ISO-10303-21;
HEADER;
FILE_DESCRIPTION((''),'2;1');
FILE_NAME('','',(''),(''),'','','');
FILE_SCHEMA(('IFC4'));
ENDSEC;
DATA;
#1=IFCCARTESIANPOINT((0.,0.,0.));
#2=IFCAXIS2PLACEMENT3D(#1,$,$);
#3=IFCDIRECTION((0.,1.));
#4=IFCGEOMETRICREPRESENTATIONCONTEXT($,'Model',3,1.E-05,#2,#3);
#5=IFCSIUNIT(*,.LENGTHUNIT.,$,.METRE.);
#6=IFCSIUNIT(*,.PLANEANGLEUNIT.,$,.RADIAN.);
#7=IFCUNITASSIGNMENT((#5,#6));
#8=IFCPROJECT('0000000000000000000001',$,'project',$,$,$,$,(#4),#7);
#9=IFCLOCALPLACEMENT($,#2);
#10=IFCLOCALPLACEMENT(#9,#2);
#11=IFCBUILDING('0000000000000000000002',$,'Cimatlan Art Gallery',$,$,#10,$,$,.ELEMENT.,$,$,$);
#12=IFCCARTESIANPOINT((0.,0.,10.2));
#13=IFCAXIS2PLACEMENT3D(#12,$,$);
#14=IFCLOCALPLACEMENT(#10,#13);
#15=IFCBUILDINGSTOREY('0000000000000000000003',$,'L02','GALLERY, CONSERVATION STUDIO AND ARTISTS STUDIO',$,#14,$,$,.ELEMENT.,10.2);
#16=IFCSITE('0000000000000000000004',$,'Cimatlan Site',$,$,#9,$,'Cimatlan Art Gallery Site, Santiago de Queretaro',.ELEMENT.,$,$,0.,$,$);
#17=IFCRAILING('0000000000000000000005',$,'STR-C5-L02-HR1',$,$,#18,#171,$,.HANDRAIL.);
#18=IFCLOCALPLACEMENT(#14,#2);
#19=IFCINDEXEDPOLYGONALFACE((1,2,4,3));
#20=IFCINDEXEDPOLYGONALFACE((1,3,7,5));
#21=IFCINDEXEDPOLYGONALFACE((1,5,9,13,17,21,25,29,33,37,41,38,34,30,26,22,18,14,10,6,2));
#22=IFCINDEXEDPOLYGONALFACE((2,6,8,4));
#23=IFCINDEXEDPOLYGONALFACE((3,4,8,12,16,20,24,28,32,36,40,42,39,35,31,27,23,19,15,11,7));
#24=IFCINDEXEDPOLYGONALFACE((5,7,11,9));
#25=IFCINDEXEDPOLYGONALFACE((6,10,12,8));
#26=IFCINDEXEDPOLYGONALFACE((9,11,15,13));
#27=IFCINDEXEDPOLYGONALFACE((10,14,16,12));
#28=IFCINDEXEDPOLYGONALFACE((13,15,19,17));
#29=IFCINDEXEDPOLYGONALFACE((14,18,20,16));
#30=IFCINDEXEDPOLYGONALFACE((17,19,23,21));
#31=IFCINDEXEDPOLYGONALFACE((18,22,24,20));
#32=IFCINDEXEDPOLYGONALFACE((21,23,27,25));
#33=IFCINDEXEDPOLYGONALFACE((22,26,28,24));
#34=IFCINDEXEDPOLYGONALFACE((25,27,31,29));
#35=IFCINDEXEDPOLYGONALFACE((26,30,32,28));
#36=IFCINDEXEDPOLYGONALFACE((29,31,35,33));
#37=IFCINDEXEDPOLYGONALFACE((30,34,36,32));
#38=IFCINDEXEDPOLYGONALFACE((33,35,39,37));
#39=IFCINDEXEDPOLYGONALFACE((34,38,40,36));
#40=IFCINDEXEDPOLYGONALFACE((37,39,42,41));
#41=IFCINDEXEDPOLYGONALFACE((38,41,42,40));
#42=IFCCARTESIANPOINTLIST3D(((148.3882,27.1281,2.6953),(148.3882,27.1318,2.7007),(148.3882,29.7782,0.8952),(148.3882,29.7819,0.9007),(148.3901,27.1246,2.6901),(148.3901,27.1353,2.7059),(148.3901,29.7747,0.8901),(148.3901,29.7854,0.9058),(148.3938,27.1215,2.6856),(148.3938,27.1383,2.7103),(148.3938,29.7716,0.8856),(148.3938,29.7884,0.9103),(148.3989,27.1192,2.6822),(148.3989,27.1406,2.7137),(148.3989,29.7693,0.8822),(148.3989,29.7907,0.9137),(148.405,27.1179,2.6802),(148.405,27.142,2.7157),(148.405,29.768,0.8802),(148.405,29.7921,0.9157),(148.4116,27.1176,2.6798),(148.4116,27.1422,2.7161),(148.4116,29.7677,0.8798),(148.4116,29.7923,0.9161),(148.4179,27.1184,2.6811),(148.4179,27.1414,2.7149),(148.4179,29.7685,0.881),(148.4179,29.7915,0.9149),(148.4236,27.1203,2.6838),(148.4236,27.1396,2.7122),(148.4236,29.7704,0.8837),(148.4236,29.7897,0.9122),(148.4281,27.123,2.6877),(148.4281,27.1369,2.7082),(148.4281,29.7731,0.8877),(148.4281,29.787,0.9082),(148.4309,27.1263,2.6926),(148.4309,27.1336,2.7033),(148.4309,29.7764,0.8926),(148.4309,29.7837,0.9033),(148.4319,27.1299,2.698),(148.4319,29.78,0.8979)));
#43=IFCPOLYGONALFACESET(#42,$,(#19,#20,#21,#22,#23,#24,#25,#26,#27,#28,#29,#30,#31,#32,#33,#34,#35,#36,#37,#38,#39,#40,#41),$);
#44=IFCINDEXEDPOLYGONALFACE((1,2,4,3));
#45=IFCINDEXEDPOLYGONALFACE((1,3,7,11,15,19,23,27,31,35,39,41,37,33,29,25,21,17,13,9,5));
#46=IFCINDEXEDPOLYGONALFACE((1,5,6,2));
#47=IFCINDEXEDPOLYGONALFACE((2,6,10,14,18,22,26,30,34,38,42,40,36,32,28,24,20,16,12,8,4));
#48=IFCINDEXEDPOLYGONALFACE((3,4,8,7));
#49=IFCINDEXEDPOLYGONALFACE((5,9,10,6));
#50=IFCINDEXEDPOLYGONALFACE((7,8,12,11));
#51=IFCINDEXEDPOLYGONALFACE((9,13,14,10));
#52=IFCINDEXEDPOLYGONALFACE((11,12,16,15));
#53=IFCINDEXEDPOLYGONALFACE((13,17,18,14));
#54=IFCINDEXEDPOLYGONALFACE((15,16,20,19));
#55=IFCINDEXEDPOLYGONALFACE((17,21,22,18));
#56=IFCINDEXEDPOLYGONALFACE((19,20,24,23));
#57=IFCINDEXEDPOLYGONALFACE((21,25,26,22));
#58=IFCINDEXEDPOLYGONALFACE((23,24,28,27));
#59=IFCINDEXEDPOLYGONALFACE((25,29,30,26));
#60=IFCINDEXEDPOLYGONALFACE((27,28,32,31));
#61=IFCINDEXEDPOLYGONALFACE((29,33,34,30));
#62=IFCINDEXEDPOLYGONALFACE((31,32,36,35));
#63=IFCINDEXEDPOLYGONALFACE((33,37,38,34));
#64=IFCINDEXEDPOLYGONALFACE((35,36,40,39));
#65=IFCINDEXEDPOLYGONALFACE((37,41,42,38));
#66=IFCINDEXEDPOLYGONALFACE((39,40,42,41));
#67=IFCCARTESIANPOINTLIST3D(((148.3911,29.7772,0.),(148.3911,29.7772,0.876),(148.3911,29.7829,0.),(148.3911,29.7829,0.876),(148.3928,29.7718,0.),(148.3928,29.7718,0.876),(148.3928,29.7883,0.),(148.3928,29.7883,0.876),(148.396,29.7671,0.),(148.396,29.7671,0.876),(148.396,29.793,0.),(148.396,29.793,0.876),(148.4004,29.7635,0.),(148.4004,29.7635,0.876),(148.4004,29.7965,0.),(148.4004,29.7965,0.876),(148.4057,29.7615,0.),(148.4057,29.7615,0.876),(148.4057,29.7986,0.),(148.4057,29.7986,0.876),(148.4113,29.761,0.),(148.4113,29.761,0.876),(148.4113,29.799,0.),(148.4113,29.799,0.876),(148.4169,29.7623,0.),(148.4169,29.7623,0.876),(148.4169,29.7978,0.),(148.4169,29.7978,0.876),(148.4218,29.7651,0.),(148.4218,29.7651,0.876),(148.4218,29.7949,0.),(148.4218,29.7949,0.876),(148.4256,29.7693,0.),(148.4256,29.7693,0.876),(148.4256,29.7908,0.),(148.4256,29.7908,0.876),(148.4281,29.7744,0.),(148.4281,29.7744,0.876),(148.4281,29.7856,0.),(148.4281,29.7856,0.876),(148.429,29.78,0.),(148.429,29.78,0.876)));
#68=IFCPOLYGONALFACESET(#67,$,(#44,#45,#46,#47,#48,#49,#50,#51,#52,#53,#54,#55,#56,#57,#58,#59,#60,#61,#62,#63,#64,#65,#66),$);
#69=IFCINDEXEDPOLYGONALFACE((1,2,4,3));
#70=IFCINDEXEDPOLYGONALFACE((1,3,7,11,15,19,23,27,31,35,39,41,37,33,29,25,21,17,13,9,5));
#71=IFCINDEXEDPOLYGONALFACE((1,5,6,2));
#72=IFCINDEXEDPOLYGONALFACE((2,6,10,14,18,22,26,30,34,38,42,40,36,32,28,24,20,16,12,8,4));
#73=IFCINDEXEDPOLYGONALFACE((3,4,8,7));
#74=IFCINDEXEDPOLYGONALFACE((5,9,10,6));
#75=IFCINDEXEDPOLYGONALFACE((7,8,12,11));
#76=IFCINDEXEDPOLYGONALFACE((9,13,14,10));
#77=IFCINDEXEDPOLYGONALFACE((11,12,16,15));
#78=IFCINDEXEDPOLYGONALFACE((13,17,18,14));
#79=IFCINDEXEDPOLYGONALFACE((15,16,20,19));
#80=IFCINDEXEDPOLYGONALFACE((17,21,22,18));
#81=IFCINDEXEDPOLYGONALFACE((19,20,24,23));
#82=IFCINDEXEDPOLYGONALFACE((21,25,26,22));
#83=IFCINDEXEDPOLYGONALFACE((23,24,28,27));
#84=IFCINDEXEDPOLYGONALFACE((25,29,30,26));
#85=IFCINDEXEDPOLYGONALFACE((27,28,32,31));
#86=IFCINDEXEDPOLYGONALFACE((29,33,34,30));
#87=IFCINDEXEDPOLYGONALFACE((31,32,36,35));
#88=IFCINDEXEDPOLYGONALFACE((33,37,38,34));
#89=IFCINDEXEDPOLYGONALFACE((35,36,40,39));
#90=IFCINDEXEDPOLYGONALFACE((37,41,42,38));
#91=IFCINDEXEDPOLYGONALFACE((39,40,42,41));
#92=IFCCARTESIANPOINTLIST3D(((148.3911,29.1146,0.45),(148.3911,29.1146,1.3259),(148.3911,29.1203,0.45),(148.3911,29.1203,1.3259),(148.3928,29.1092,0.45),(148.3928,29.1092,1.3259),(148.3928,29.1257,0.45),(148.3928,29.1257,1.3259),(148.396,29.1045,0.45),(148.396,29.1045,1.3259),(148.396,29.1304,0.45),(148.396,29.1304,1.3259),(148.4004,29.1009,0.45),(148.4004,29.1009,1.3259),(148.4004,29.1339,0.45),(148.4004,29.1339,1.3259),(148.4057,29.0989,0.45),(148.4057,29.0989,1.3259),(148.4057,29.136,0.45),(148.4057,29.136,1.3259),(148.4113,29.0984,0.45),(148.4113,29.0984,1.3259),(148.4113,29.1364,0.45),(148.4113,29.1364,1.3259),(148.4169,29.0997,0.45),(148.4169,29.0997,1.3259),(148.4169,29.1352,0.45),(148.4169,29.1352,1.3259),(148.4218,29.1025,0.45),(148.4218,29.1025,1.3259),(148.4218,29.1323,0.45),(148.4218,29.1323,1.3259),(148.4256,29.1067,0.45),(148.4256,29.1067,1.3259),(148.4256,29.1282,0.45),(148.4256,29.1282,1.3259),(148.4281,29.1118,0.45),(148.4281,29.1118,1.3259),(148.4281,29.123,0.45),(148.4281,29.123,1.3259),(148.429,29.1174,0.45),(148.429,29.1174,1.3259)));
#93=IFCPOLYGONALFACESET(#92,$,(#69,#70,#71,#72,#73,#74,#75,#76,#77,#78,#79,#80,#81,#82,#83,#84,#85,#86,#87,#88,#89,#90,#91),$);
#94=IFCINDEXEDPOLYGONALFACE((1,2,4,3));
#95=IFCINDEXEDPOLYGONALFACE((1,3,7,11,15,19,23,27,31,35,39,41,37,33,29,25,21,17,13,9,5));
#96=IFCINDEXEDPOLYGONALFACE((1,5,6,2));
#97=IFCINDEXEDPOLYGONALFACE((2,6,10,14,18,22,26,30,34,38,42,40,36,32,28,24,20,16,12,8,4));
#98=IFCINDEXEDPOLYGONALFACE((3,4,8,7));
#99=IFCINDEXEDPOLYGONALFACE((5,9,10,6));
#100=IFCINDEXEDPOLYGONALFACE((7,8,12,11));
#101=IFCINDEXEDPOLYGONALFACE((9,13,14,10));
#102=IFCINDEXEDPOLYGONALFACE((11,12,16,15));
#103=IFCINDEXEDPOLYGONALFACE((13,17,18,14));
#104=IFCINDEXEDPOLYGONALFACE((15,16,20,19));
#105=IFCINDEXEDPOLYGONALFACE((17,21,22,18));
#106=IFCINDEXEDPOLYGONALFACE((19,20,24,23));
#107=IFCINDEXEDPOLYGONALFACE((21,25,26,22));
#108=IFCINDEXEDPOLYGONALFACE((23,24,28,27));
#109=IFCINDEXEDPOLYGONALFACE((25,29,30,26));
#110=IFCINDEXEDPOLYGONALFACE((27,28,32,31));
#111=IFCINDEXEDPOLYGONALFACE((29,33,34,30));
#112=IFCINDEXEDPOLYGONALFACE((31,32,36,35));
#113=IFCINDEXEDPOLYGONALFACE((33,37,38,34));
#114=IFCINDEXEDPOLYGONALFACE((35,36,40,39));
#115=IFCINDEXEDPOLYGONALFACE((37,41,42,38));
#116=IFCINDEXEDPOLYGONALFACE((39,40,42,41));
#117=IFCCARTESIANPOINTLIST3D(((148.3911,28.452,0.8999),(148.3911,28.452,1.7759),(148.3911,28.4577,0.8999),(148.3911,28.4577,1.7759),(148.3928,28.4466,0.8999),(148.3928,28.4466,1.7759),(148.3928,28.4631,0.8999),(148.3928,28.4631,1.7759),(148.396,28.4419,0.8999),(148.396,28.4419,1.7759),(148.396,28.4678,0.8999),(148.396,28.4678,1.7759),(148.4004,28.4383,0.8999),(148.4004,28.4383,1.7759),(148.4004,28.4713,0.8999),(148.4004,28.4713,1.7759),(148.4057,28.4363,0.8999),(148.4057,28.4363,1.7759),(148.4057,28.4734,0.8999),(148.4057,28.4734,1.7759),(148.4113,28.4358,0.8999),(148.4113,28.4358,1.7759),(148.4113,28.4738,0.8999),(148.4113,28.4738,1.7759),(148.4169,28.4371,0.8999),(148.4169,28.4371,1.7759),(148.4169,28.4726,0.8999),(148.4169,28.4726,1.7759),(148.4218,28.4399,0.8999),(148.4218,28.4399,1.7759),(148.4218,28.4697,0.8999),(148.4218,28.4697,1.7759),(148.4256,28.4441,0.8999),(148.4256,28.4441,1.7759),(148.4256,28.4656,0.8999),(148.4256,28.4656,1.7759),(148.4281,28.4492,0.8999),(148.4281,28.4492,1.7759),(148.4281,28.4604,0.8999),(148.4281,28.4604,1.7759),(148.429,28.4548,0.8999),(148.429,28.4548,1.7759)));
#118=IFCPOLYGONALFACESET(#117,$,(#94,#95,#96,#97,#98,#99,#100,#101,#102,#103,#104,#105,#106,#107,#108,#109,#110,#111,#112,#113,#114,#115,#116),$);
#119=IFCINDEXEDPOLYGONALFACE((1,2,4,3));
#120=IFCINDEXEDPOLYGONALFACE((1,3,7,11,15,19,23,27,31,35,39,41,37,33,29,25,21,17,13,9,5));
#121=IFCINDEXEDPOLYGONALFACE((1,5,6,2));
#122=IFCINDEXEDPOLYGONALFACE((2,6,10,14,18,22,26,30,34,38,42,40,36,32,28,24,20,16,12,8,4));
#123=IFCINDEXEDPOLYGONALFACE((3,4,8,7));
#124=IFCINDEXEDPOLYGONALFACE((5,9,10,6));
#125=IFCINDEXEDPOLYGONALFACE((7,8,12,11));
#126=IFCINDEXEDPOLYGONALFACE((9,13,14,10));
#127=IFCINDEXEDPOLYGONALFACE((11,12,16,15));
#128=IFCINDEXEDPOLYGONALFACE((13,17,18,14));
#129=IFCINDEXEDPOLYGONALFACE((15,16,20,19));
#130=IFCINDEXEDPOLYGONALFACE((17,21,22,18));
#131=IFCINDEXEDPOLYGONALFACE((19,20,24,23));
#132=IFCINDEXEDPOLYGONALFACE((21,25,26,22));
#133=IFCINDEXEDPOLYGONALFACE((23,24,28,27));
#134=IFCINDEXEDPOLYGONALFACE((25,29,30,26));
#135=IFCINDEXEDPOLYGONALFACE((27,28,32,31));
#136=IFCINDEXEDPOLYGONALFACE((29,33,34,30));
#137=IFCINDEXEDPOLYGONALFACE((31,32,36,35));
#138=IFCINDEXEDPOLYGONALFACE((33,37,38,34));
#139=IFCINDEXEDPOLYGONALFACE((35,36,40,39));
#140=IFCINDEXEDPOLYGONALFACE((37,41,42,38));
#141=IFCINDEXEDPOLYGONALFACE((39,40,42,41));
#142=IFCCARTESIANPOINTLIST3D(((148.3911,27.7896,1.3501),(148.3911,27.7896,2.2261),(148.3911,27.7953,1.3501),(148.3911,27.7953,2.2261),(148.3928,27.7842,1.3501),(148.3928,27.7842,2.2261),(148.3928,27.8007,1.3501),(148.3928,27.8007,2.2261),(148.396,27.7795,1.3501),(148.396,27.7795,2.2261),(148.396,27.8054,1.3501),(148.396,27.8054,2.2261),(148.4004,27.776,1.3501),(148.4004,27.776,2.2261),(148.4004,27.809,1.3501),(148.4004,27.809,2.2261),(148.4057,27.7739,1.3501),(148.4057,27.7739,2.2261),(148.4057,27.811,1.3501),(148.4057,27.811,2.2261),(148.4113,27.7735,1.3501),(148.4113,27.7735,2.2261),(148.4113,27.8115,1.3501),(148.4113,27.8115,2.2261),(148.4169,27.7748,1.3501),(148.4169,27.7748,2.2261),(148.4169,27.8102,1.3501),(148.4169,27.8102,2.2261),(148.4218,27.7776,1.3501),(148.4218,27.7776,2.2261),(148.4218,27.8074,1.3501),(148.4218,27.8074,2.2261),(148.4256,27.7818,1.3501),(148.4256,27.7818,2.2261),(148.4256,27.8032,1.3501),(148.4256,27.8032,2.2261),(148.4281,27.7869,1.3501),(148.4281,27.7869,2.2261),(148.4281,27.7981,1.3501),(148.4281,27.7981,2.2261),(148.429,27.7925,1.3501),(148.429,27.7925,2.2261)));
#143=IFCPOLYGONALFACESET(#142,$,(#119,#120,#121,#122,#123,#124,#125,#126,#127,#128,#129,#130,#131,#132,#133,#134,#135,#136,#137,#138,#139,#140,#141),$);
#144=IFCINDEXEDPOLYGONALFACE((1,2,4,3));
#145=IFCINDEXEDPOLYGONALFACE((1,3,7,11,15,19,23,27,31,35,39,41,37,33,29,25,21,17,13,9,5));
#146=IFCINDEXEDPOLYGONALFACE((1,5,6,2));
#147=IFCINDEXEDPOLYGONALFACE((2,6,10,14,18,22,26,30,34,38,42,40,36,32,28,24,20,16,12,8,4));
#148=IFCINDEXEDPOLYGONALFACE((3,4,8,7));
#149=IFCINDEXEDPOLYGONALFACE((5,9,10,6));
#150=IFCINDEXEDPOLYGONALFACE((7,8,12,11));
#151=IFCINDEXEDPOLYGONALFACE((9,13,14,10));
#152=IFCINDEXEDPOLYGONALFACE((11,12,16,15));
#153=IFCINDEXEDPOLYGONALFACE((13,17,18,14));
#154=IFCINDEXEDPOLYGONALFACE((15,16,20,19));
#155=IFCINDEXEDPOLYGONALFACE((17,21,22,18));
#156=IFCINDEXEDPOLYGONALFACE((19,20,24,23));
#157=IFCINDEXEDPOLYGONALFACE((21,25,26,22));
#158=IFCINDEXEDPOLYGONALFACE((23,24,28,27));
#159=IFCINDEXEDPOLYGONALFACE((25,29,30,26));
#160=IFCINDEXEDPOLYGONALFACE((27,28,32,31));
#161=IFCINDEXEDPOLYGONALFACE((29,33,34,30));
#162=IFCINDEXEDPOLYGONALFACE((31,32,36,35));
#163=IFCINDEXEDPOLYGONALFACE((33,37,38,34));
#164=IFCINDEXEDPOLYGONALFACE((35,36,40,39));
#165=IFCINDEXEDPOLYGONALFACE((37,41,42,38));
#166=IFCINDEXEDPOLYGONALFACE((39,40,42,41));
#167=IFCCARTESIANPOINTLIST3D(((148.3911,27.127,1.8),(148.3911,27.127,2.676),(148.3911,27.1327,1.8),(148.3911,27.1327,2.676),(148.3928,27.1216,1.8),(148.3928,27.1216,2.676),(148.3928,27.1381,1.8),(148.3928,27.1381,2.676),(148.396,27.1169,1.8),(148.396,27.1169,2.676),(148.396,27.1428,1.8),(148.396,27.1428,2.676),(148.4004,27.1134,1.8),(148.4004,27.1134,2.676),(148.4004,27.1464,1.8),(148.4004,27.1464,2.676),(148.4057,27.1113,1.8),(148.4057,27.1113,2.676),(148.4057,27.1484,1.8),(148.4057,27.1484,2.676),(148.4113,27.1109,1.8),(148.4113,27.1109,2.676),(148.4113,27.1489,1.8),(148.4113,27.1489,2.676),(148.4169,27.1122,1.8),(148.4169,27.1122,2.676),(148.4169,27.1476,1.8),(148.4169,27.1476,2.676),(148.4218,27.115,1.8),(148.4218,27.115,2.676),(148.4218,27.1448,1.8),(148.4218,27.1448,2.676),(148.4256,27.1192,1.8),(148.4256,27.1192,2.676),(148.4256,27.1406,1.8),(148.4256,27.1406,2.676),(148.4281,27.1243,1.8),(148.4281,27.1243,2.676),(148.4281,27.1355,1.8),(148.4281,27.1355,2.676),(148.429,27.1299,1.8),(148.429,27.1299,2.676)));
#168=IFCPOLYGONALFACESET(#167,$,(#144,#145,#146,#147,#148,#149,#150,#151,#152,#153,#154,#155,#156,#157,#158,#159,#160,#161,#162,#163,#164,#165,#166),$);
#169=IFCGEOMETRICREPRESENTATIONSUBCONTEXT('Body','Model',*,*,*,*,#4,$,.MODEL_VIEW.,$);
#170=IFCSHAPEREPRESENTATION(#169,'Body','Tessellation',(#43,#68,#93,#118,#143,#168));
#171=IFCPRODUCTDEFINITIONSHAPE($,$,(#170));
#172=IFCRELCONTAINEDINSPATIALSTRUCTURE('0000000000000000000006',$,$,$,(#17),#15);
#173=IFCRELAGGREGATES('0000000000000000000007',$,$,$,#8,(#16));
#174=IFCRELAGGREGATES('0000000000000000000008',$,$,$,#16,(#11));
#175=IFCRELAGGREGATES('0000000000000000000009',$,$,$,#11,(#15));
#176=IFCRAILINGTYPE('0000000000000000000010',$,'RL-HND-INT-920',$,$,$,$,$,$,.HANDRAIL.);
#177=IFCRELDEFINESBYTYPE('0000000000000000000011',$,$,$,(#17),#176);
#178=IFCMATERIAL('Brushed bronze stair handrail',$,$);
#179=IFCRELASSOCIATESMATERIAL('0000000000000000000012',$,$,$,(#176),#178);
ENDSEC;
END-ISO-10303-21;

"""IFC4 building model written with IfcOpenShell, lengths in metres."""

from ifc_helpers import new_model, si_unit, direction, frame, origin, origin_2d, place, context, subcontext, project, spatial, circle, extrude, material, type_object, element, save


model = new_model("IFC4")

# Units and contexts
model_context = context("Model", 3, precision=1e-05, world=origin(), true_north=direction((0.0, 1.0)))
body_context = subcontext(model_context, "Body", "Model", "MODEL_VIEW")
ifc_project = project(units=[si_unit("LENGTHUNIT", "METRE"), si_unit("PLANEANGLEUNIT", "RADIAN")], contexts=[model_context])

# Site, building, storey
site_placement = place(None, origin())
site = spatial("IfcSite", under=ifc_project, at=site_placement, Name="Cimatlan Site", LongName="Cimatlan Art Gallery Site, Santiago de Queretaro", CompositionType="ELEMENT", RefElevation=0.0)
building_placement = place(site_placement, origin())
building = spatial("IfcBuilding", under=site, at=building_placement, Name="Cimatlan Art Gallery", CompositionType="ELEMENT")
storey_placement = place(building_placement, frame((0.0, 0.0, 10.2)))
storey = spatial("IfcBuildingStorey", under=building, at=storey_placement, Name="L02", Description="GALLERY, CONSERVATION STUDIO AND ARTISTS STUDIO", CompositionType="ELEMENT", Elevation=10.2)

# Railing
ifc_material_1 = material(Name="Brushed bronze stair handrail")
railing_type_1 = type_object("IfcRailingType", Name="RL-HND-INT-920", PredefinedType="HANDRAIL", material=ifc_material_1)
railing_1_placement = place(storey_placement, frame((148.4099, 29.78, 0.0)))
element("IfcRailing", 1, at=railing_1_placement, inside=storey, type_object=railing_type_1, Name="STR-C5-L02-HR1", PredefinedType="HANDRAIL", context=body_context, shape_type="SweptSolid", body=[
    extrude(circle(Radius=0.022, at=origin_2d()), frame((0.0, 0.0, 0.8979), z_axis=(0.0, -0.827224, 0.561872), x_axis=(1.0, 0.0, 0.0)), (0.0, 0.0, 1.0), 3.2036),
    extrude(circle(Radius=0.019, at=origin_2d()), origin(), (0.0, 0.0, 1.0), 0.876),
    extrude(circle(Radius=0.019, at=origin_2d()), frame((0.0, -0.6626, 0.45)), (0.0, 0.0, 1.0), 0.876),
    extrude(circle(Radius=0.019, at=origin_2d()), frame((0.0, -1.3252, 0.8999)), (0.0, 0.0, 1.0), 0.876),
    extrude(circle(Radius=0.019, at=origin_2d()), frame((0.0, -1.9875, 1.3501)), (0.0, 0.0, 1.0), 0.876),
    extrude(circle(Radius=0.019, at=origin_2d()), frame((0.0, -2.6501, 1.8)), (0.0, 0.0, 1.0), 0.876),
])

save(model, "model.ifc")
